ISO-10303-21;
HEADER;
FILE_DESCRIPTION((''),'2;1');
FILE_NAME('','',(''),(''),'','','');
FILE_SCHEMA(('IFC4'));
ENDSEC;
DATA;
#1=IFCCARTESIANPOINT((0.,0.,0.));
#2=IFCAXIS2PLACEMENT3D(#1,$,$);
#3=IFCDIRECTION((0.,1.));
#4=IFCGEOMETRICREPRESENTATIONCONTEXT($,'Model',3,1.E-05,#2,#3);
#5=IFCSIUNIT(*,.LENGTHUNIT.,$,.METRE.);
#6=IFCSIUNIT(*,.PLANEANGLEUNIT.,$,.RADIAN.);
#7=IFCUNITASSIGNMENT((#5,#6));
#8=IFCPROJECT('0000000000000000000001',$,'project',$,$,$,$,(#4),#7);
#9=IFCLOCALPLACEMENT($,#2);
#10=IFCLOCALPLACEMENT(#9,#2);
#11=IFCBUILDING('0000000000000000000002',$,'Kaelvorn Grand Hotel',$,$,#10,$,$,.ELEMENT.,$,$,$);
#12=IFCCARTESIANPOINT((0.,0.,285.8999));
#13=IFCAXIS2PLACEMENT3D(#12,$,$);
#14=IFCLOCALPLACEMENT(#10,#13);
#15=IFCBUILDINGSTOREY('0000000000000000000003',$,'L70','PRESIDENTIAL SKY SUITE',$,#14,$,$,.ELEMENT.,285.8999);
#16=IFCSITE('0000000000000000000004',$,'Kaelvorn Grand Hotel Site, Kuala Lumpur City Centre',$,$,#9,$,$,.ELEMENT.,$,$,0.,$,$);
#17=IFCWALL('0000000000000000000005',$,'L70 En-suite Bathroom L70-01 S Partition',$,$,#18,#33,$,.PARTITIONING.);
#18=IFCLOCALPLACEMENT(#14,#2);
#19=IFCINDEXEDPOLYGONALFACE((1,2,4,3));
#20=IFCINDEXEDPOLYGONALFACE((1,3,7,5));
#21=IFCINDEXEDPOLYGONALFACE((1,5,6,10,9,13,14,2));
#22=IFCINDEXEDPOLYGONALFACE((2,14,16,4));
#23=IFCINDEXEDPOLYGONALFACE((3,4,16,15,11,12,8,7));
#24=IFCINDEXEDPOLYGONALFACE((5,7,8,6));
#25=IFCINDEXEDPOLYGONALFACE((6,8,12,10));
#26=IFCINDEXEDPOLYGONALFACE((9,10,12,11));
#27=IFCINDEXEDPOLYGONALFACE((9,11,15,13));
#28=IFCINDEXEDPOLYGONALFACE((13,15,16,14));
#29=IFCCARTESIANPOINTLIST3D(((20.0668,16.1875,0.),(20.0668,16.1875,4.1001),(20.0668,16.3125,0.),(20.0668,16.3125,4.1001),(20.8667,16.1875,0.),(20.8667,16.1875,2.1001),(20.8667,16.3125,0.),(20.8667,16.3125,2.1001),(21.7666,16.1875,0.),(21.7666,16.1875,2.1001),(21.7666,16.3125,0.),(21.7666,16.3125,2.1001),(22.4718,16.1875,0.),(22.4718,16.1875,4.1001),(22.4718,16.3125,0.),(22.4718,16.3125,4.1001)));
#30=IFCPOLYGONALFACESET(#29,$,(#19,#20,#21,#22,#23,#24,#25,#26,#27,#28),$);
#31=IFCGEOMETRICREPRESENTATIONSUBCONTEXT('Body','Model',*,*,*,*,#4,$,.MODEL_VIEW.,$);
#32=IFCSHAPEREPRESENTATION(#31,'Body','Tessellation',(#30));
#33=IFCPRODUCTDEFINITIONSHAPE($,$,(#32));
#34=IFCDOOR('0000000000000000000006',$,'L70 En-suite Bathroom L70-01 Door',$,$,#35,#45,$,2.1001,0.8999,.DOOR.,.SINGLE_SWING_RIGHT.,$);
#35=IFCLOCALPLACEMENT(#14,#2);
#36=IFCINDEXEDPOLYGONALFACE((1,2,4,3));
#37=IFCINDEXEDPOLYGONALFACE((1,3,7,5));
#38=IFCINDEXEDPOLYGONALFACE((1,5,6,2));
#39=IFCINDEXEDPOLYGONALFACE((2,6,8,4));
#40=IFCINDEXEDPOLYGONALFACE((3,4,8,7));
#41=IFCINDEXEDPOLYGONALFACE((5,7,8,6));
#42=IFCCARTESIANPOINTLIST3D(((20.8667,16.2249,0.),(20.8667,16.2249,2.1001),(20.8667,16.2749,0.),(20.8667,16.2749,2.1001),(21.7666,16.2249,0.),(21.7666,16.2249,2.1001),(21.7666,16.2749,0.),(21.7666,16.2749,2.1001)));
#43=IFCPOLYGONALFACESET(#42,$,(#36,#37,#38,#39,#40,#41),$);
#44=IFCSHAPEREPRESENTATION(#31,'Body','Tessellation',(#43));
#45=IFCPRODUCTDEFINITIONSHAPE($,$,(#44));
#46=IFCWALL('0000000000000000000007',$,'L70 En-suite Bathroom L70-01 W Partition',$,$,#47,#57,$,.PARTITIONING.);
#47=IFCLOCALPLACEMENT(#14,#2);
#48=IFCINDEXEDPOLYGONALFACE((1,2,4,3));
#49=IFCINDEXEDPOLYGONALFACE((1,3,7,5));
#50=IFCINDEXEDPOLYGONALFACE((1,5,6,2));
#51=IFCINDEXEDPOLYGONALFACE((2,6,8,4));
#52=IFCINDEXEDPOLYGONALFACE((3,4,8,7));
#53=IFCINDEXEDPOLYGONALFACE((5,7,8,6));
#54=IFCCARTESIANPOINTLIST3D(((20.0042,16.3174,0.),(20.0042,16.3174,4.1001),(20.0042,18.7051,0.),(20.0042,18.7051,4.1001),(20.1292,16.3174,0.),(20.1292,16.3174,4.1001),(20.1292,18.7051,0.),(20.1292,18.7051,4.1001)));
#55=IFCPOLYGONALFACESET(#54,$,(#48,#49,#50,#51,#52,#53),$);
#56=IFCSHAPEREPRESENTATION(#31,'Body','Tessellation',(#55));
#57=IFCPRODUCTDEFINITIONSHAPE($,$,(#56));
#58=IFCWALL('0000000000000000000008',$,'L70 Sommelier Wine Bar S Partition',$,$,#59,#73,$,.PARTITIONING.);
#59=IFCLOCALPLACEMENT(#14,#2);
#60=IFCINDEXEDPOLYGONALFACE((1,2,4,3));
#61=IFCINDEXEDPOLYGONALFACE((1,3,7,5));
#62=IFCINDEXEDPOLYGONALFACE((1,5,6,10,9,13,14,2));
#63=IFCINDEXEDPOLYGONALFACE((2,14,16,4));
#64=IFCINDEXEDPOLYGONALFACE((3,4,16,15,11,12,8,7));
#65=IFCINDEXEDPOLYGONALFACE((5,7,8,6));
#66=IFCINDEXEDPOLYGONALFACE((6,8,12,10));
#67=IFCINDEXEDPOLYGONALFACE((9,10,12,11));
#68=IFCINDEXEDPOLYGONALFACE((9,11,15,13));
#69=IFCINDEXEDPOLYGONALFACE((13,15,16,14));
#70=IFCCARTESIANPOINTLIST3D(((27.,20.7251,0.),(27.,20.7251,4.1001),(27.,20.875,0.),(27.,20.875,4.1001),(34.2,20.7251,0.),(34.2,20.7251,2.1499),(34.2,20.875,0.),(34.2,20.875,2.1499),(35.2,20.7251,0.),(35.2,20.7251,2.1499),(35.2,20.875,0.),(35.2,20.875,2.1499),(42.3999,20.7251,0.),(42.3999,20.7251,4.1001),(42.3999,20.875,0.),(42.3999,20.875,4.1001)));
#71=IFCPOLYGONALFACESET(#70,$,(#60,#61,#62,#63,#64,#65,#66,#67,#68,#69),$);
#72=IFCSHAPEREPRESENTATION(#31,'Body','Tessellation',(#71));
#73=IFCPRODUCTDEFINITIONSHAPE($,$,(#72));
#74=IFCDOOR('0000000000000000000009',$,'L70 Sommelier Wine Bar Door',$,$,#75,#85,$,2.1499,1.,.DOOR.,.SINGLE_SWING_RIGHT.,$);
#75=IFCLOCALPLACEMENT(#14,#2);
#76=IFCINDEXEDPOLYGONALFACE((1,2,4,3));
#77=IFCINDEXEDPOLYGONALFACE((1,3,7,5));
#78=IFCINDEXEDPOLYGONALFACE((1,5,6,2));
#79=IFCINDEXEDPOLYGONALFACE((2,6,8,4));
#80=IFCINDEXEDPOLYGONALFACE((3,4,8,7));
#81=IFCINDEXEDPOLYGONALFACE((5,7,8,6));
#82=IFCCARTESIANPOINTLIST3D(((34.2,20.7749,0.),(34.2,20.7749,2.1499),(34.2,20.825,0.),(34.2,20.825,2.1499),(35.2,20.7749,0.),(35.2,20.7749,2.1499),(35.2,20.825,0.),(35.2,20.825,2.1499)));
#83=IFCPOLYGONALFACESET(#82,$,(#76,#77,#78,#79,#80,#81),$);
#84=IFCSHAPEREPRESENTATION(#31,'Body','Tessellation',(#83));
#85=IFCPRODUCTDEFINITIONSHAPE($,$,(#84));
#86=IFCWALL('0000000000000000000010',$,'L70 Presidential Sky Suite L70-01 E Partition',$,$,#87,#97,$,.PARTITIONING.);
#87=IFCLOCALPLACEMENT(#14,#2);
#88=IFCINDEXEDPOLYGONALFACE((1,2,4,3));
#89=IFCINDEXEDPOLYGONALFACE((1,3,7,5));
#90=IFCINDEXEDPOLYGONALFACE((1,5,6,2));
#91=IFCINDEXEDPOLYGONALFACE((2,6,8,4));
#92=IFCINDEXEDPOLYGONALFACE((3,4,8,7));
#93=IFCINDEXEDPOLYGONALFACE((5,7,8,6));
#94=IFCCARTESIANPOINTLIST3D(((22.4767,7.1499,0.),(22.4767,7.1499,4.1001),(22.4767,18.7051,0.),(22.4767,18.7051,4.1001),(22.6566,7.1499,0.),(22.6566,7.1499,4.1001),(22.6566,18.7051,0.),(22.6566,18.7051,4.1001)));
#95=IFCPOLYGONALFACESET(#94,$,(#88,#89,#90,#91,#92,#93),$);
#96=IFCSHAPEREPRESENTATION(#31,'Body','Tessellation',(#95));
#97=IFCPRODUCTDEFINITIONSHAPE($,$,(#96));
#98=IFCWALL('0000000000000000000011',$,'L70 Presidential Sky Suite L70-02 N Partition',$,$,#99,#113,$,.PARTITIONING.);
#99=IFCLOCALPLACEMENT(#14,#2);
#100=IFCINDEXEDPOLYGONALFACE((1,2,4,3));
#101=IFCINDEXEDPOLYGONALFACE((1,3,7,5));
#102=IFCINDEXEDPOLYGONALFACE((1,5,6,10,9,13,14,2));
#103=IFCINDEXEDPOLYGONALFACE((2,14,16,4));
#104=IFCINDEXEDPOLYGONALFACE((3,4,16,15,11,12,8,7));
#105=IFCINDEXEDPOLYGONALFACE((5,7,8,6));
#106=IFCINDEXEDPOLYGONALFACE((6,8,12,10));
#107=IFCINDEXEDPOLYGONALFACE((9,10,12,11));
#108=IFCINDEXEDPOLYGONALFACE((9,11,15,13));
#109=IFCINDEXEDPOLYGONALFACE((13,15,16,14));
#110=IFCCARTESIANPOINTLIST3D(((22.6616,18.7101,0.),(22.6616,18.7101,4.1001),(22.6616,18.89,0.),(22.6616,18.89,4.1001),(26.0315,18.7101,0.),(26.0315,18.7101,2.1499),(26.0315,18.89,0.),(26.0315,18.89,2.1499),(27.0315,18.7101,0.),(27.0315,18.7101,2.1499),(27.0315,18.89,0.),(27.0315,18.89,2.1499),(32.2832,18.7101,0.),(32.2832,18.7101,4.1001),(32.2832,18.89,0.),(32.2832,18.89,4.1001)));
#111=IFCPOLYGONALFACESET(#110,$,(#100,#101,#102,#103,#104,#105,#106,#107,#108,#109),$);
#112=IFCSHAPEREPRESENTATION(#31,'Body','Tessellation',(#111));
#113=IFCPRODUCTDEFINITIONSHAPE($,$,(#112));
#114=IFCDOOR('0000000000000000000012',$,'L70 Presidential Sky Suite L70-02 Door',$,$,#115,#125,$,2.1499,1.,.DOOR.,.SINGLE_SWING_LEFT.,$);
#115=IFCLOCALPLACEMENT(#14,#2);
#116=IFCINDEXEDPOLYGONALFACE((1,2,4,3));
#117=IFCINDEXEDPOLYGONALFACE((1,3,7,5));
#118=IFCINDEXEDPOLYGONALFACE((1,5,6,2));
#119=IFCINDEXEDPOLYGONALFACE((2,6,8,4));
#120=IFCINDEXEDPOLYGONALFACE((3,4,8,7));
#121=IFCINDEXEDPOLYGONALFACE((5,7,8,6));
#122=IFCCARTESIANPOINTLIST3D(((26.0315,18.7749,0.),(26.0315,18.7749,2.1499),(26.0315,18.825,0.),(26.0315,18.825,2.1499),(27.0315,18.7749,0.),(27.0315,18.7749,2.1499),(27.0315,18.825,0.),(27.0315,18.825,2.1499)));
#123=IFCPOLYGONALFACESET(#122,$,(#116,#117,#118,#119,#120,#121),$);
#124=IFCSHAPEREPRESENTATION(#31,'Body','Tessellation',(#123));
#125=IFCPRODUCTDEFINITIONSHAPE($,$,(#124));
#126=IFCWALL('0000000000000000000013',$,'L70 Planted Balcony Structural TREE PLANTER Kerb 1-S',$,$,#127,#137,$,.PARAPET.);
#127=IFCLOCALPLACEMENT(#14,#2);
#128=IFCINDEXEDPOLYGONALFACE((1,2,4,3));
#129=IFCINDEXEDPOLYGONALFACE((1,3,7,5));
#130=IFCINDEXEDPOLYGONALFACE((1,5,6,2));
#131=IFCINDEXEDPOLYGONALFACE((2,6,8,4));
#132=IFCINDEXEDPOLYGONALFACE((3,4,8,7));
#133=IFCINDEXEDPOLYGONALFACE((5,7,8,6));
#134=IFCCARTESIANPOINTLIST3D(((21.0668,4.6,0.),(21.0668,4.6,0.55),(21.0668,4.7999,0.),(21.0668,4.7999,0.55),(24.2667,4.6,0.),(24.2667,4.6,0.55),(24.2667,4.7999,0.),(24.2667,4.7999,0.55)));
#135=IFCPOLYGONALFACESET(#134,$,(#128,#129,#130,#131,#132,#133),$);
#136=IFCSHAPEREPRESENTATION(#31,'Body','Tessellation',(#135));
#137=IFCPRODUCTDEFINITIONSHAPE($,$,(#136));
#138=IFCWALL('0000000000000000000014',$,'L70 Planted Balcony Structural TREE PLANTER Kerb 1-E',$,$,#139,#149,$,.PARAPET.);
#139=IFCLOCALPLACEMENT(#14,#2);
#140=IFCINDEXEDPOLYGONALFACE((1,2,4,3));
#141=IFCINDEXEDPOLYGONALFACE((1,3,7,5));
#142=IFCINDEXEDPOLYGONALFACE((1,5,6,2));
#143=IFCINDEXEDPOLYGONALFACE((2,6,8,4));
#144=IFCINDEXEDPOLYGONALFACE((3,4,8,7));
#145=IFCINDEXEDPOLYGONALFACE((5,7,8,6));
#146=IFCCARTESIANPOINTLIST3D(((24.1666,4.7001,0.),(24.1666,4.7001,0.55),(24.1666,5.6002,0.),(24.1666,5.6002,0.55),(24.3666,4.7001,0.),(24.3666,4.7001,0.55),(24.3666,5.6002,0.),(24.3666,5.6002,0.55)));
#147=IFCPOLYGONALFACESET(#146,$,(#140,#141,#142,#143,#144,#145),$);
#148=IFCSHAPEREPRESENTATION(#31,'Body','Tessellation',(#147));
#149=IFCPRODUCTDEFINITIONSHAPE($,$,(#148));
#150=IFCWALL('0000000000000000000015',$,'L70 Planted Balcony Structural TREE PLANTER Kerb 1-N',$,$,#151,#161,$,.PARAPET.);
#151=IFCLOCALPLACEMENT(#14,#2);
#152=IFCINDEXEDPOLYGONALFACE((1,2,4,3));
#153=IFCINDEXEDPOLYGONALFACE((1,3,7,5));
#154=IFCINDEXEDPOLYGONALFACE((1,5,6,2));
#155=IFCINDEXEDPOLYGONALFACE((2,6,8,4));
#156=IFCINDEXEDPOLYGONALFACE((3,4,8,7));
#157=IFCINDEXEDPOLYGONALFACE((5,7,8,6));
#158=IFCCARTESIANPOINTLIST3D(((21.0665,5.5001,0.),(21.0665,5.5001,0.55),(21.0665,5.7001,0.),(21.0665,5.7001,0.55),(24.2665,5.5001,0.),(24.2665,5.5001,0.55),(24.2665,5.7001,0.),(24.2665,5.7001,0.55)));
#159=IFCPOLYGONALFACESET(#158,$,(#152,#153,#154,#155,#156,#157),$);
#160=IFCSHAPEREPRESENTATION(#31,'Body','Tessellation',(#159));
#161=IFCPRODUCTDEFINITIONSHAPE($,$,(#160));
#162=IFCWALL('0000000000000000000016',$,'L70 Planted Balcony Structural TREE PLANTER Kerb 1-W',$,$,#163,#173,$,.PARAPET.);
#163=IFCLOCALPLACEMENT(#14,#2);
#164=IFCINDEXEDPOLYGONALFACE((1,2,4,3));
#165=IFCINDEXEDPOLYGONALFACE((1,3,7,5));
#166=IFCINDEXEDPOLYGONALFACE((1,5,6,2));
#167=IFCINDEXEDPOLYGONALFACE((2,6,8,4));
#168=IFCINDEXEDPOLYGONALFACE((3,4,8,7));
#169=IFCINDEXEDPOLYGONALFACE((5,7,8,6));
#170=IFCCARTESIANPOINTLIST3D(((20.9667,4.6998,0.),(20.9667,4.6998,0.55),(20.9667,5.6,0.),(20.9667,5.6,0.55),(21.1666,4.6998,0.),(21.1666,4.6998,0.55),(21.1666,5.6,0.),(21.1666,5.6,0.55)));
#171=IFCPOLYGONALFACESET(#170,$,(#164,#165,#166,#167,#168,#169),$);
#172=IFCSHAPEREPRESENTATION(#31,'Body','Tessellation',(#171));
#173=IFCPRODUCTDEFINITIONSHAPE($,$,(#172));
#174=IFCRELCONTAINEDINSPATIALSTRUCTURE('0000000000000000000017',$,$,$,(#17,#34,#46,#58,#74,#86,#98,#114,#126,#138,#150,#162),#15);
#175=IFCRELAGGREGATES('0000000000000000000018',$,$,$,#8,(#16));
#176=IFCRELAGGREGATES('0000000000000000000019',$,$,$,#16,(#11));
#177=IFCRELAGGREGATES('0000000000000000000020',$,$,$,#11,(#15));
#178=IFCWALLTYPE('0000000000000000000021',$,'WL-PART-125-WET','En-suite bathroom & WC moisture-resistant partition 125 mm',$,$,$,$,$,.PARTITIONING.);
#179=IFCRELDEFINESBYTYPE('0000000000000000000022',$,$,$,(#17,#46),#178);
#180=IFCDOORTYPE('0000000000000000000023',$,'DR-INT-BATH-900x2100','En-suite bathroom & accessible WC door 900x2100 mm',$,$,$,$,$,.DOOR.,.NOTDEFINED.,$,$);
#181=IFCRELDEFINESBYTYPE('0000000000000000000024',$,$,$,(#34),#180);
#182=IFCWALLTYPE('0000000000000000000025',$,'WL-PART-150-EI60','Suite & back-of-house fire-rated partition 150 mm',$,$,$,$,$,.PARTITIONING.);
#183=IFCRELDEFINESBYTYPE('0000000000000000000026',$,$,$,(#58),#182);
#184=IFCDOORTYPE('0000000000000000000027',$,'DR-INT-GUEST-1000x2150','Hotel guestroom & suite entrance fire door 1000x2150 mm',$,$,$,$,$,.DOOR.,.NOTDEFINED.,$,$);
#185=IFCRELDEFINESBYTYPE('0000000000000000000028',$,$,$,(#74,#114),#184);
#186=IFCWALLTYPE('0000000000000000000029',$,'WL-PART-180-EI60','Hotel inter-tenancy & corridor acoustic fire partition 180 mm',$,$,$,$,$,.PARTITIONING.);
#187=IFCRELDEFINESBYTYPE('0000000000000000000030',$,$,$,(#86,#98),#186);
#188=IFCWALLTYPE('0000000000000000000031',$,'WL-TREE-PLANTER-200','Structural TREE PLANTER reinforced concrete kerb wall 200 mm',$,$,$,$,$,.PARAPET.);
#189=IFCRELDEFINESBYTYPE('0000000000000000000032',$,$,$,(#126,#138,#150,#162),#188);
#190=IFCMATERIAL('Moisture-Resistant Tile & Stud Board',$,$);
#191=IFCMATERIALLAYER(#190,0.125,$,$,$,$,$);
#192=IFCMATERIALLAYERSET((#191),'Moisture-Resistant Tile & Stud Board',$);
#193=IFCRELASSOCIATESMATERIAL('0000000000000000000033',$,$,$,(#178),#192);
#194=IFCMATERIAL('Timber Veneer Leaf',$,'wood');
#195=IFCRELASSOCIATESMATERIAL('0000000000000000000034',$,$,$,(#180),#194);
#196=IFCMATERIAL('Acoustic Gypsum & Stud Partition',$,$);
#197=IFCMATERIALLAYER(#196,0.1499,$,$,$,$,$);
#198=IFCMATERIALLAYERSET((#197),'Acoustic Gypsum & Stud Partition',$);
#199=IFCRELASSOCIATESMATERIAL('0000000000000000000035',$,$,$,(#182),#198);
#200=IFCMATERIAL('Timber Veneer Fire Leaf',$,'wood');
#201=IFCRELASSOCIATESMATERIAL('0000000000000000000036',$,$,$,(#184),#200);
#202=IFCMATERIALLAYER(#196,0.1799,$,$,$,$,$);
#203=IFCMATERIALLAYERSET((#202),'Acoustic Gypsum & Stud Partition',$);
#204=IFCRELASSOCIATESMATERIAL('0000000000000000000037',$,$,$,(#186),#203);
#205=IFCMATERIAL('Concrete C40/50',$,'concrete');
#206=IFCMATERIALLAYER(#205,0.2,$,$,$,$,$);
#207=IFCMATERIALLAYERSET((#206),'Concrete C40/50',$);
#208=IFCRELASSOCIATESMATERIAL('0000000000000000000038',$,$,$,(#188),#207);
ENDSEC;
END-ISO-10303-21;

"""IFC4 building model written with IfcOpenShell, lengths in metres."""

from ifc_helpers import new_model, si_unit, direction, frame, frame_2d, origin, place, context, subcontext, project, spatial, rectangle, extrude, material, layer, layer_set, type_object, element, fill, save


model = new_model("IFC4")

# Units and contexts
model_context = context("Model", 3, precision=1e-05, world=origin(), true_north=direction((0.0, 1.0)))
body_context = subcontext(model_context, "Body", "Model", "MODEL_VIEW")
ifc_project = project(units=[si_unit("LENGTHUNIT", "METRE"), si_unit("PLANEANGLEUNIT", "RADIAN")], contexts=[model_context])

# Site, building, storey
site_placement = place(None, origin())
site = spatial("IfcSite", under=ifc_project, at=site_placement, Name="Kaelvorn Grand Hotel Site, Kuala Lumpur City Centre", CompositionType="ELEMENT", RefElevation=0.0)
building_placement = place(site_placement, origin())
building = spatial("IfcBuilding", under=site, at=building_placement, Name="Kaelvorn Grand Hotel", CompositionType="ELEMENT")
storey_placement = place(building_placement, frame((0.0, 0.0, 285.8999)))
storey = spatial("IfcBuildingStorey", under=building, at=storey_placement, Name="L70", Description="PRESIDENTIAL SKY SUITE", CompositionType="ELEMENT", Elevation=285.8999)

# Shared definitions
ifc_material_1 = material(Name="Concrete C40/50", Category="concrete")

# Wall, opening, door
ifc_material_2 = material(Name="Moisture-Resistant Tile & Stud Board")
ifc_layer_1 = layer(ifc_material_2, 0.125)
ifc_layer_set_1 = layer_set([ifc_layer_1], Name="Moisture-Resistant Tile & Stud Board")
wall_type_1 = type_object("IfcWallType", Name="WL-PART-125-WET", Description="En-suite bathroom & WC moisture-resistant partition 125 mm", PredefinedType="PARTITIONING", material=ifc_layer_set_1)
wall_1_placement = place(storey_placement, frame((20.0667, 16.25, 0.0), z_axis=(0.0, 0.0, 1.0), x_axis=(1.0, 0.0, 0.0)))
wall_1 = element("IfcWall", 1, at=wall_1_placement, inside=storey, type_object=wall_type_1, Name="L70 En-suite Bathroom L70-01 S Partition", PredefinedType="PARTITIONING", context=body_context, shape_type="SweptSolid", body=[
    extrude(rectangle(XDim=2.405, YDim=0.125, at=frame_2d((1.2026, 0.0))), origin(), (0.0, 0.0, 1.0), 4.1001),
])
opening_1_placement = place(wall_1_placement, frame((0.8, 0.0, 0.0)))
opening_1 = element("IfcOpeningElement", 2, at=opening_1_placement, cuts=wall_1, PredefinedType="OPENING", context=body_context, shape_type="SweptSolid", body=[
    extrude(rectangle(XDim=0.8999, YDim=2.1001, at=frame_2d((0.45, 1.05))), frame((0.0, 0.0725, 0.0), z_axis=(0.0, -1.0, 0.0), x_axis=(1.0, 0.0, 0.0)), (0.0, 0.0, 1.0), 0.145),
])
ifc_material_3 = material(Name="Timber Veneer Leaf", Category="wood")
door_type_1 = type_object("IfcDoorType", Name="DR-INT-BATH-900x2100", Description="En-suite bathroom & accessible WC door 900x2100 mm", OperationType="NOTDEFINED", PredefinedType="DOOR", material=ifc_material_3)
door_1_placement = place(opening_1_placement, origin())
door_1 = element("IfcDoor", 3, at=door_1_placement, inside=storey, type_object=door_type_1, Name="L70 En-suite Bathroom L70-01 Door", OperationType="SINGLE_SWING_RIGHT", OverallHeight=2.1001, OverallWidth=0.8999, PredefinedType="DOOR", context=body_context, shape_type="SweptSolid", body=[
    extrude(rectangle(XDim=0.8999, YDim=2.1001, at=frame_2d((0.45, 1.05))), frame((0.0, 0.0249, 0.0), z_axis=(0.0, -1.0, 0.0), x_axis=(1.0, 0.0, 0.0)), (0.0, 0.0, 1.0), 0.05),
])
fill(opening_1, door_1)

# Wall
wall_2_placement = place(storey_placement, frame((20.0667, 16.3174, 0.0), z_axis=(0.0, 0.0, 1.0), x_axis=(0.0, 1.0, 0.0)))
element("IfcWall", 4, at=wall_2_placement, inside=storey, type_object=wall_type_1, Name="L70 En-suite Bathroom L70-01 W Partition", PredefinedType="PARTITIONING", context=body_context, shape_type="SweptSolid", body=[
    extrude(rectangle(XDim=2.3877, YDim=0.125, at=frame_2d((1.1938, 0.0))), origin(), (0.0, 0.0, 1.0), 4.1001),
])

# Wall, opening, door
ifc_material_4 = material(Name="Acoustic Gypsum & Stud Partition")
ifc_layer_2 = layer(ifc_material_4, 0.1499)
ifc_layer_set_2 = layer_set([ifc_layer_2], Name="Acoustic Gypsum & Stud Partition")
wall_type_2 = type_object("IfcWallType", Name="WL-PART-150-EI60", Description="Suite & back-of-house fire-rated partition 150 mm", PredefinedType="PARTITIONING", material=ifc_layer_set_2)
wall_3_placement = place(storey_placement, frame((27.0, 20.8, 0.0), z_axis=(0.0, 0.0, 1.0), x_axis=(1.0, 0.0, 0.0)))
wall_3 = element("IfcWall", 5, at=wall_3_placement, inside=storey, type_object=wall_type_2, Name="L70 Sommelier Wine Bar S Partition", PredefinedType="PARTITIONING", context=body_context, shape_type="SweptSolid", body=[
    extrude(rectangle(XDim=15.3999, YDim=0.1499, at=frame_2d((7.7, 0.0))), origin(), (0.0, 0.0, 1.0), 4.1001),
])
opening_2_placement = place(wall_3_placement, frame((7.2, 0.0, 0.0)))
opening_2 = element("IfcOpeningElement", 6, at=opening_2_placement, cuts=wall_3, PredefinedType="OPENING", context=body_context, shape_type="SweptSolid", body=[
    extrude(rectangle(XDim=1.0, YDim=2.1499, at=frame_2d((0.5, 1.075))), frame((0.0, 0.085, 0.0), z_axis=(0.0, -1.0, 0.0), x_axis=(1.0, 0.0, 0.0)), (0.0, 0.0, 1.0), 0.1699),
])
ifc_material_5 = material(Name="Timber Veneer Fire Leaf", Category="wood")
door_type_2 = type_object("IfcDoorType", Name="DR-INT-GUEST-1000x2150", Description="Hotel guestroom & suite entrance fire door 1000x2150 mm", OperationType="NOTDEFINED", PredefinedType="DOOR", material=ifc_material_5)
door_2_placement = place(opening_2_placement, origin())
door_2 = element("IfcDoor", 7, at=door_2_placement, inside=storey, type_object=door_type_2, Name="L70 Sommelier Wine Bar Door", OperationType="SINGLE_SWING_RIGHT", OverallHeight=2.1499, OverallWidth=1.0, PredefinedType="DOOR", context=body_context, shape_type="SweptSolid", body=[
    extrude(rectangle(XDim=1.0, YDim=2.1499, at=frame_2d((0.5, 1.075))), frame((0.0, 0.0249, 0.0), z_axis=(0.0, -1.0, 0.0), x_axis=(1.0, 0.0, 0.0)), (0.0, 0.0, 1.0), 0.05),
])
fill(opening_2, door_2)

# Wall
ifc_layer_3 = layer(ifc_material_4, 0.1799)
ifc_layer_set_3 = layer_set([ifc_layer_3], Name="Acoustic Gypsum & Stud Partition")
wall_type_3 = type_object("IfcWallType", Name="WL-PART-180-EI60", Description="Hotel inter-tenancy & corridor acoustic fire partition 180 mm", PredefinedType="PARTITIONING", material=ifc_layer_set_3)
wall_4_placement = place(storey_placement, frame((22.5667, 7.1499, 0.0), z_axis=(0.0, 0.0, 1.0), x_axis=(0.0, 1.0, 0.0)))
element("IfcWall", 8, at=wall_4_placement, inside=storey, type_object=wall_type_3, Name="L70 Presidential Sky Suite L70-01 E Partition", PredefinedType="PARTITIONING", context=body_context, shape_type="SweptSolid", body=[
    extrude(rectangle(XDim=11.5552, YDim=0.1799, at=frame_2d((5.7776, 0.0))), origin(), (0.0, 0.0, 1.0), 4.1001),
])

# Wall, opening, door
wall_5_placement = place(storey_placement, frame((22.6616, 18.8, 0.0), z_axis=(0.0, 0.0, 1.0), x_axis=(1.0, 0.0, 0.0)))
wall_5 = element("IfcWall", 9, at=wall_5_placement, inside=storey, type_object=wall_type_3, Name="L70 Presidential Sky Suite L70-02 N Partition", PredefinedType="PARTITIONING", context=body_context, shape_type="SweptSolid", body=[
    extrude(rectangle(XDim=9.6216, YDim=0.1799, at=frame_2d((4.8108, 0.0))), origin(), (0.0, 0.0, 1.0), 4.1001),
])
opening_3_placement = place(wall_5_placement, frame((3.3699, 0.0, 0.0)))
opening_3 = element("IfcOpeningElement", 10, at=opening_3_placement, cuts=wall_5, PredefinedType="OPENING", context=body_context, shape_type="SweptSolid", body=[
    extrude(rectangle(XDim=1.0, YDim=2.1499, at=frame_2d((0.5, 1.075))), frame((0.0, 0.1001, 0.0), z_axis=(0.0, -1.0, 0.0), x_axis=(1.0, 0.0, 0.0)), (0.0, 0.0, 1.0), 0.2),
])
door_3_placement = place(opening_3_placement, origin())
door_3 = element("IfcDoor", 11, at=door_3_placement, inside=storey, type_object=door_type_2, Name="L70 Presidential Sky Suite L70-02 Door", OperationType="SINGLE_SWING_LEFT", OverallHeight=2.1499, OverallWidth=1.0, PredefinedType="DOOR", context=body_context, shape_type="SweptSolid", body=[
    extrude(rectangle(XDim=1.0, YDim=2.1499, at=frame_2d((0.5, 1.075))), frame((0.0, 0.0249, 0.0), z_axis=(0.0, -1.0, 0.0), x_axis=(1.0, 0.0, 0.0)), (0.0, 0.0, 1.0), 0.05),
])
fill(opening_3, door_3)

# Walls
ifc_layer_4 = layer(ifc_material_1, 0.2)
ifc_layer_set_4 = layer_set([ifc_layer_4], Name="Concrete C40/50")
wall_type_4 = type_object("IfcWallType", Name="WL-TREE-PLANTER-200", Description="Structural TREE PLANTER reinforced concrete kerb wall 200 mm", PredefinedType="PARAPET", material=ifc_layer_set_4)
wall_6_placement = place(storey_placement, frame((21.0667, 4.7, 0.0), z_axis=(0.0, 0.0, 1.0), x_axis=(1.0, 0.0, 0.0)))
element("IfcWall", 12, at=wall_6_placement, inside=storey, type_object=wall_type_4, Name="L70 Planted Balcony Structural TREE PLANTER Kerb 1-S", PredefinedType="PARAPET", context=body_context, shape_type="SweptSolid", body=[
    extrude(rectangle(XDim=3.2, YDim=0.2, at=frame_2d((1.6001, 0.0))), origin(), (0.0, 0.0, 1.0), 0.55),
])
wall_7_placement = place(storey_placement, frame((24.2666, 4.7, 0.0), z_axis=(0.0, 0.0, 1.0), x_axis=(0.0, 1.0, 0.0)))
element("IfcWall", 13, at=wall_7_placement, inside=storey, type_object=wall_type_4, Name="L70 Planted Balcony Structural TREE PLANTER Kerb 1-E", PredefinedType="PARAPET", context=body_context, shape_type="SweptSolid", body=[
    extrude(rectangle(XDim=0.9001, YDim=0.2, at=frame_2d((0.4502, 0.0))), origin(), (0.0, 0.0, 1.0), 0.55),
])
wall_8_placement = place(storey_placement, frame((24.2666, 5.6001, 0.0), z_axis=(0.0, 0.0, 1.0), x_axis=(-1.0, 0.0, 0.0)))
element("IfcWall", 14, at=wall_8_placement, inside=storey, type_object=wall_type_4, Name="L70 Planted Balcony Structural TREE PLANTER Kerb 1-N", PredefinedType="PARAPET", context=body_context, shape_type="SweptSolid", body=[
    extrude(rectangle(XDim=3.2, YDim=0.2, at=frame_2d((1.6001, 0.0))), origin(), (0.0, 0.0, 1.0), 0.55),
])
wall_9_placement = place(storey_placement, frame((21.0667, 5.6001, 0.0), z_axis=(0.0, 0.0, 1.0), x_axis=(0.0, -1.0, 0.0)))
element("IfcWall", 15, at=wall_9_placement, inside=storey, type_object=wall_type_4, Name="L70 Planted Balcony Structural TREE PLANTER Kerb 1-W", PredefinedType="PARAPET", context=body_context, shape_type="SweptSolid", body=[
    extrude(rectangle(XDim=0.9001, YDim=0.2, at=frame_2d((0.4502, 0.0))), origin(), (0.0, 0.0, 1.0), 0.55),
])

save(model, "model.ifc")
